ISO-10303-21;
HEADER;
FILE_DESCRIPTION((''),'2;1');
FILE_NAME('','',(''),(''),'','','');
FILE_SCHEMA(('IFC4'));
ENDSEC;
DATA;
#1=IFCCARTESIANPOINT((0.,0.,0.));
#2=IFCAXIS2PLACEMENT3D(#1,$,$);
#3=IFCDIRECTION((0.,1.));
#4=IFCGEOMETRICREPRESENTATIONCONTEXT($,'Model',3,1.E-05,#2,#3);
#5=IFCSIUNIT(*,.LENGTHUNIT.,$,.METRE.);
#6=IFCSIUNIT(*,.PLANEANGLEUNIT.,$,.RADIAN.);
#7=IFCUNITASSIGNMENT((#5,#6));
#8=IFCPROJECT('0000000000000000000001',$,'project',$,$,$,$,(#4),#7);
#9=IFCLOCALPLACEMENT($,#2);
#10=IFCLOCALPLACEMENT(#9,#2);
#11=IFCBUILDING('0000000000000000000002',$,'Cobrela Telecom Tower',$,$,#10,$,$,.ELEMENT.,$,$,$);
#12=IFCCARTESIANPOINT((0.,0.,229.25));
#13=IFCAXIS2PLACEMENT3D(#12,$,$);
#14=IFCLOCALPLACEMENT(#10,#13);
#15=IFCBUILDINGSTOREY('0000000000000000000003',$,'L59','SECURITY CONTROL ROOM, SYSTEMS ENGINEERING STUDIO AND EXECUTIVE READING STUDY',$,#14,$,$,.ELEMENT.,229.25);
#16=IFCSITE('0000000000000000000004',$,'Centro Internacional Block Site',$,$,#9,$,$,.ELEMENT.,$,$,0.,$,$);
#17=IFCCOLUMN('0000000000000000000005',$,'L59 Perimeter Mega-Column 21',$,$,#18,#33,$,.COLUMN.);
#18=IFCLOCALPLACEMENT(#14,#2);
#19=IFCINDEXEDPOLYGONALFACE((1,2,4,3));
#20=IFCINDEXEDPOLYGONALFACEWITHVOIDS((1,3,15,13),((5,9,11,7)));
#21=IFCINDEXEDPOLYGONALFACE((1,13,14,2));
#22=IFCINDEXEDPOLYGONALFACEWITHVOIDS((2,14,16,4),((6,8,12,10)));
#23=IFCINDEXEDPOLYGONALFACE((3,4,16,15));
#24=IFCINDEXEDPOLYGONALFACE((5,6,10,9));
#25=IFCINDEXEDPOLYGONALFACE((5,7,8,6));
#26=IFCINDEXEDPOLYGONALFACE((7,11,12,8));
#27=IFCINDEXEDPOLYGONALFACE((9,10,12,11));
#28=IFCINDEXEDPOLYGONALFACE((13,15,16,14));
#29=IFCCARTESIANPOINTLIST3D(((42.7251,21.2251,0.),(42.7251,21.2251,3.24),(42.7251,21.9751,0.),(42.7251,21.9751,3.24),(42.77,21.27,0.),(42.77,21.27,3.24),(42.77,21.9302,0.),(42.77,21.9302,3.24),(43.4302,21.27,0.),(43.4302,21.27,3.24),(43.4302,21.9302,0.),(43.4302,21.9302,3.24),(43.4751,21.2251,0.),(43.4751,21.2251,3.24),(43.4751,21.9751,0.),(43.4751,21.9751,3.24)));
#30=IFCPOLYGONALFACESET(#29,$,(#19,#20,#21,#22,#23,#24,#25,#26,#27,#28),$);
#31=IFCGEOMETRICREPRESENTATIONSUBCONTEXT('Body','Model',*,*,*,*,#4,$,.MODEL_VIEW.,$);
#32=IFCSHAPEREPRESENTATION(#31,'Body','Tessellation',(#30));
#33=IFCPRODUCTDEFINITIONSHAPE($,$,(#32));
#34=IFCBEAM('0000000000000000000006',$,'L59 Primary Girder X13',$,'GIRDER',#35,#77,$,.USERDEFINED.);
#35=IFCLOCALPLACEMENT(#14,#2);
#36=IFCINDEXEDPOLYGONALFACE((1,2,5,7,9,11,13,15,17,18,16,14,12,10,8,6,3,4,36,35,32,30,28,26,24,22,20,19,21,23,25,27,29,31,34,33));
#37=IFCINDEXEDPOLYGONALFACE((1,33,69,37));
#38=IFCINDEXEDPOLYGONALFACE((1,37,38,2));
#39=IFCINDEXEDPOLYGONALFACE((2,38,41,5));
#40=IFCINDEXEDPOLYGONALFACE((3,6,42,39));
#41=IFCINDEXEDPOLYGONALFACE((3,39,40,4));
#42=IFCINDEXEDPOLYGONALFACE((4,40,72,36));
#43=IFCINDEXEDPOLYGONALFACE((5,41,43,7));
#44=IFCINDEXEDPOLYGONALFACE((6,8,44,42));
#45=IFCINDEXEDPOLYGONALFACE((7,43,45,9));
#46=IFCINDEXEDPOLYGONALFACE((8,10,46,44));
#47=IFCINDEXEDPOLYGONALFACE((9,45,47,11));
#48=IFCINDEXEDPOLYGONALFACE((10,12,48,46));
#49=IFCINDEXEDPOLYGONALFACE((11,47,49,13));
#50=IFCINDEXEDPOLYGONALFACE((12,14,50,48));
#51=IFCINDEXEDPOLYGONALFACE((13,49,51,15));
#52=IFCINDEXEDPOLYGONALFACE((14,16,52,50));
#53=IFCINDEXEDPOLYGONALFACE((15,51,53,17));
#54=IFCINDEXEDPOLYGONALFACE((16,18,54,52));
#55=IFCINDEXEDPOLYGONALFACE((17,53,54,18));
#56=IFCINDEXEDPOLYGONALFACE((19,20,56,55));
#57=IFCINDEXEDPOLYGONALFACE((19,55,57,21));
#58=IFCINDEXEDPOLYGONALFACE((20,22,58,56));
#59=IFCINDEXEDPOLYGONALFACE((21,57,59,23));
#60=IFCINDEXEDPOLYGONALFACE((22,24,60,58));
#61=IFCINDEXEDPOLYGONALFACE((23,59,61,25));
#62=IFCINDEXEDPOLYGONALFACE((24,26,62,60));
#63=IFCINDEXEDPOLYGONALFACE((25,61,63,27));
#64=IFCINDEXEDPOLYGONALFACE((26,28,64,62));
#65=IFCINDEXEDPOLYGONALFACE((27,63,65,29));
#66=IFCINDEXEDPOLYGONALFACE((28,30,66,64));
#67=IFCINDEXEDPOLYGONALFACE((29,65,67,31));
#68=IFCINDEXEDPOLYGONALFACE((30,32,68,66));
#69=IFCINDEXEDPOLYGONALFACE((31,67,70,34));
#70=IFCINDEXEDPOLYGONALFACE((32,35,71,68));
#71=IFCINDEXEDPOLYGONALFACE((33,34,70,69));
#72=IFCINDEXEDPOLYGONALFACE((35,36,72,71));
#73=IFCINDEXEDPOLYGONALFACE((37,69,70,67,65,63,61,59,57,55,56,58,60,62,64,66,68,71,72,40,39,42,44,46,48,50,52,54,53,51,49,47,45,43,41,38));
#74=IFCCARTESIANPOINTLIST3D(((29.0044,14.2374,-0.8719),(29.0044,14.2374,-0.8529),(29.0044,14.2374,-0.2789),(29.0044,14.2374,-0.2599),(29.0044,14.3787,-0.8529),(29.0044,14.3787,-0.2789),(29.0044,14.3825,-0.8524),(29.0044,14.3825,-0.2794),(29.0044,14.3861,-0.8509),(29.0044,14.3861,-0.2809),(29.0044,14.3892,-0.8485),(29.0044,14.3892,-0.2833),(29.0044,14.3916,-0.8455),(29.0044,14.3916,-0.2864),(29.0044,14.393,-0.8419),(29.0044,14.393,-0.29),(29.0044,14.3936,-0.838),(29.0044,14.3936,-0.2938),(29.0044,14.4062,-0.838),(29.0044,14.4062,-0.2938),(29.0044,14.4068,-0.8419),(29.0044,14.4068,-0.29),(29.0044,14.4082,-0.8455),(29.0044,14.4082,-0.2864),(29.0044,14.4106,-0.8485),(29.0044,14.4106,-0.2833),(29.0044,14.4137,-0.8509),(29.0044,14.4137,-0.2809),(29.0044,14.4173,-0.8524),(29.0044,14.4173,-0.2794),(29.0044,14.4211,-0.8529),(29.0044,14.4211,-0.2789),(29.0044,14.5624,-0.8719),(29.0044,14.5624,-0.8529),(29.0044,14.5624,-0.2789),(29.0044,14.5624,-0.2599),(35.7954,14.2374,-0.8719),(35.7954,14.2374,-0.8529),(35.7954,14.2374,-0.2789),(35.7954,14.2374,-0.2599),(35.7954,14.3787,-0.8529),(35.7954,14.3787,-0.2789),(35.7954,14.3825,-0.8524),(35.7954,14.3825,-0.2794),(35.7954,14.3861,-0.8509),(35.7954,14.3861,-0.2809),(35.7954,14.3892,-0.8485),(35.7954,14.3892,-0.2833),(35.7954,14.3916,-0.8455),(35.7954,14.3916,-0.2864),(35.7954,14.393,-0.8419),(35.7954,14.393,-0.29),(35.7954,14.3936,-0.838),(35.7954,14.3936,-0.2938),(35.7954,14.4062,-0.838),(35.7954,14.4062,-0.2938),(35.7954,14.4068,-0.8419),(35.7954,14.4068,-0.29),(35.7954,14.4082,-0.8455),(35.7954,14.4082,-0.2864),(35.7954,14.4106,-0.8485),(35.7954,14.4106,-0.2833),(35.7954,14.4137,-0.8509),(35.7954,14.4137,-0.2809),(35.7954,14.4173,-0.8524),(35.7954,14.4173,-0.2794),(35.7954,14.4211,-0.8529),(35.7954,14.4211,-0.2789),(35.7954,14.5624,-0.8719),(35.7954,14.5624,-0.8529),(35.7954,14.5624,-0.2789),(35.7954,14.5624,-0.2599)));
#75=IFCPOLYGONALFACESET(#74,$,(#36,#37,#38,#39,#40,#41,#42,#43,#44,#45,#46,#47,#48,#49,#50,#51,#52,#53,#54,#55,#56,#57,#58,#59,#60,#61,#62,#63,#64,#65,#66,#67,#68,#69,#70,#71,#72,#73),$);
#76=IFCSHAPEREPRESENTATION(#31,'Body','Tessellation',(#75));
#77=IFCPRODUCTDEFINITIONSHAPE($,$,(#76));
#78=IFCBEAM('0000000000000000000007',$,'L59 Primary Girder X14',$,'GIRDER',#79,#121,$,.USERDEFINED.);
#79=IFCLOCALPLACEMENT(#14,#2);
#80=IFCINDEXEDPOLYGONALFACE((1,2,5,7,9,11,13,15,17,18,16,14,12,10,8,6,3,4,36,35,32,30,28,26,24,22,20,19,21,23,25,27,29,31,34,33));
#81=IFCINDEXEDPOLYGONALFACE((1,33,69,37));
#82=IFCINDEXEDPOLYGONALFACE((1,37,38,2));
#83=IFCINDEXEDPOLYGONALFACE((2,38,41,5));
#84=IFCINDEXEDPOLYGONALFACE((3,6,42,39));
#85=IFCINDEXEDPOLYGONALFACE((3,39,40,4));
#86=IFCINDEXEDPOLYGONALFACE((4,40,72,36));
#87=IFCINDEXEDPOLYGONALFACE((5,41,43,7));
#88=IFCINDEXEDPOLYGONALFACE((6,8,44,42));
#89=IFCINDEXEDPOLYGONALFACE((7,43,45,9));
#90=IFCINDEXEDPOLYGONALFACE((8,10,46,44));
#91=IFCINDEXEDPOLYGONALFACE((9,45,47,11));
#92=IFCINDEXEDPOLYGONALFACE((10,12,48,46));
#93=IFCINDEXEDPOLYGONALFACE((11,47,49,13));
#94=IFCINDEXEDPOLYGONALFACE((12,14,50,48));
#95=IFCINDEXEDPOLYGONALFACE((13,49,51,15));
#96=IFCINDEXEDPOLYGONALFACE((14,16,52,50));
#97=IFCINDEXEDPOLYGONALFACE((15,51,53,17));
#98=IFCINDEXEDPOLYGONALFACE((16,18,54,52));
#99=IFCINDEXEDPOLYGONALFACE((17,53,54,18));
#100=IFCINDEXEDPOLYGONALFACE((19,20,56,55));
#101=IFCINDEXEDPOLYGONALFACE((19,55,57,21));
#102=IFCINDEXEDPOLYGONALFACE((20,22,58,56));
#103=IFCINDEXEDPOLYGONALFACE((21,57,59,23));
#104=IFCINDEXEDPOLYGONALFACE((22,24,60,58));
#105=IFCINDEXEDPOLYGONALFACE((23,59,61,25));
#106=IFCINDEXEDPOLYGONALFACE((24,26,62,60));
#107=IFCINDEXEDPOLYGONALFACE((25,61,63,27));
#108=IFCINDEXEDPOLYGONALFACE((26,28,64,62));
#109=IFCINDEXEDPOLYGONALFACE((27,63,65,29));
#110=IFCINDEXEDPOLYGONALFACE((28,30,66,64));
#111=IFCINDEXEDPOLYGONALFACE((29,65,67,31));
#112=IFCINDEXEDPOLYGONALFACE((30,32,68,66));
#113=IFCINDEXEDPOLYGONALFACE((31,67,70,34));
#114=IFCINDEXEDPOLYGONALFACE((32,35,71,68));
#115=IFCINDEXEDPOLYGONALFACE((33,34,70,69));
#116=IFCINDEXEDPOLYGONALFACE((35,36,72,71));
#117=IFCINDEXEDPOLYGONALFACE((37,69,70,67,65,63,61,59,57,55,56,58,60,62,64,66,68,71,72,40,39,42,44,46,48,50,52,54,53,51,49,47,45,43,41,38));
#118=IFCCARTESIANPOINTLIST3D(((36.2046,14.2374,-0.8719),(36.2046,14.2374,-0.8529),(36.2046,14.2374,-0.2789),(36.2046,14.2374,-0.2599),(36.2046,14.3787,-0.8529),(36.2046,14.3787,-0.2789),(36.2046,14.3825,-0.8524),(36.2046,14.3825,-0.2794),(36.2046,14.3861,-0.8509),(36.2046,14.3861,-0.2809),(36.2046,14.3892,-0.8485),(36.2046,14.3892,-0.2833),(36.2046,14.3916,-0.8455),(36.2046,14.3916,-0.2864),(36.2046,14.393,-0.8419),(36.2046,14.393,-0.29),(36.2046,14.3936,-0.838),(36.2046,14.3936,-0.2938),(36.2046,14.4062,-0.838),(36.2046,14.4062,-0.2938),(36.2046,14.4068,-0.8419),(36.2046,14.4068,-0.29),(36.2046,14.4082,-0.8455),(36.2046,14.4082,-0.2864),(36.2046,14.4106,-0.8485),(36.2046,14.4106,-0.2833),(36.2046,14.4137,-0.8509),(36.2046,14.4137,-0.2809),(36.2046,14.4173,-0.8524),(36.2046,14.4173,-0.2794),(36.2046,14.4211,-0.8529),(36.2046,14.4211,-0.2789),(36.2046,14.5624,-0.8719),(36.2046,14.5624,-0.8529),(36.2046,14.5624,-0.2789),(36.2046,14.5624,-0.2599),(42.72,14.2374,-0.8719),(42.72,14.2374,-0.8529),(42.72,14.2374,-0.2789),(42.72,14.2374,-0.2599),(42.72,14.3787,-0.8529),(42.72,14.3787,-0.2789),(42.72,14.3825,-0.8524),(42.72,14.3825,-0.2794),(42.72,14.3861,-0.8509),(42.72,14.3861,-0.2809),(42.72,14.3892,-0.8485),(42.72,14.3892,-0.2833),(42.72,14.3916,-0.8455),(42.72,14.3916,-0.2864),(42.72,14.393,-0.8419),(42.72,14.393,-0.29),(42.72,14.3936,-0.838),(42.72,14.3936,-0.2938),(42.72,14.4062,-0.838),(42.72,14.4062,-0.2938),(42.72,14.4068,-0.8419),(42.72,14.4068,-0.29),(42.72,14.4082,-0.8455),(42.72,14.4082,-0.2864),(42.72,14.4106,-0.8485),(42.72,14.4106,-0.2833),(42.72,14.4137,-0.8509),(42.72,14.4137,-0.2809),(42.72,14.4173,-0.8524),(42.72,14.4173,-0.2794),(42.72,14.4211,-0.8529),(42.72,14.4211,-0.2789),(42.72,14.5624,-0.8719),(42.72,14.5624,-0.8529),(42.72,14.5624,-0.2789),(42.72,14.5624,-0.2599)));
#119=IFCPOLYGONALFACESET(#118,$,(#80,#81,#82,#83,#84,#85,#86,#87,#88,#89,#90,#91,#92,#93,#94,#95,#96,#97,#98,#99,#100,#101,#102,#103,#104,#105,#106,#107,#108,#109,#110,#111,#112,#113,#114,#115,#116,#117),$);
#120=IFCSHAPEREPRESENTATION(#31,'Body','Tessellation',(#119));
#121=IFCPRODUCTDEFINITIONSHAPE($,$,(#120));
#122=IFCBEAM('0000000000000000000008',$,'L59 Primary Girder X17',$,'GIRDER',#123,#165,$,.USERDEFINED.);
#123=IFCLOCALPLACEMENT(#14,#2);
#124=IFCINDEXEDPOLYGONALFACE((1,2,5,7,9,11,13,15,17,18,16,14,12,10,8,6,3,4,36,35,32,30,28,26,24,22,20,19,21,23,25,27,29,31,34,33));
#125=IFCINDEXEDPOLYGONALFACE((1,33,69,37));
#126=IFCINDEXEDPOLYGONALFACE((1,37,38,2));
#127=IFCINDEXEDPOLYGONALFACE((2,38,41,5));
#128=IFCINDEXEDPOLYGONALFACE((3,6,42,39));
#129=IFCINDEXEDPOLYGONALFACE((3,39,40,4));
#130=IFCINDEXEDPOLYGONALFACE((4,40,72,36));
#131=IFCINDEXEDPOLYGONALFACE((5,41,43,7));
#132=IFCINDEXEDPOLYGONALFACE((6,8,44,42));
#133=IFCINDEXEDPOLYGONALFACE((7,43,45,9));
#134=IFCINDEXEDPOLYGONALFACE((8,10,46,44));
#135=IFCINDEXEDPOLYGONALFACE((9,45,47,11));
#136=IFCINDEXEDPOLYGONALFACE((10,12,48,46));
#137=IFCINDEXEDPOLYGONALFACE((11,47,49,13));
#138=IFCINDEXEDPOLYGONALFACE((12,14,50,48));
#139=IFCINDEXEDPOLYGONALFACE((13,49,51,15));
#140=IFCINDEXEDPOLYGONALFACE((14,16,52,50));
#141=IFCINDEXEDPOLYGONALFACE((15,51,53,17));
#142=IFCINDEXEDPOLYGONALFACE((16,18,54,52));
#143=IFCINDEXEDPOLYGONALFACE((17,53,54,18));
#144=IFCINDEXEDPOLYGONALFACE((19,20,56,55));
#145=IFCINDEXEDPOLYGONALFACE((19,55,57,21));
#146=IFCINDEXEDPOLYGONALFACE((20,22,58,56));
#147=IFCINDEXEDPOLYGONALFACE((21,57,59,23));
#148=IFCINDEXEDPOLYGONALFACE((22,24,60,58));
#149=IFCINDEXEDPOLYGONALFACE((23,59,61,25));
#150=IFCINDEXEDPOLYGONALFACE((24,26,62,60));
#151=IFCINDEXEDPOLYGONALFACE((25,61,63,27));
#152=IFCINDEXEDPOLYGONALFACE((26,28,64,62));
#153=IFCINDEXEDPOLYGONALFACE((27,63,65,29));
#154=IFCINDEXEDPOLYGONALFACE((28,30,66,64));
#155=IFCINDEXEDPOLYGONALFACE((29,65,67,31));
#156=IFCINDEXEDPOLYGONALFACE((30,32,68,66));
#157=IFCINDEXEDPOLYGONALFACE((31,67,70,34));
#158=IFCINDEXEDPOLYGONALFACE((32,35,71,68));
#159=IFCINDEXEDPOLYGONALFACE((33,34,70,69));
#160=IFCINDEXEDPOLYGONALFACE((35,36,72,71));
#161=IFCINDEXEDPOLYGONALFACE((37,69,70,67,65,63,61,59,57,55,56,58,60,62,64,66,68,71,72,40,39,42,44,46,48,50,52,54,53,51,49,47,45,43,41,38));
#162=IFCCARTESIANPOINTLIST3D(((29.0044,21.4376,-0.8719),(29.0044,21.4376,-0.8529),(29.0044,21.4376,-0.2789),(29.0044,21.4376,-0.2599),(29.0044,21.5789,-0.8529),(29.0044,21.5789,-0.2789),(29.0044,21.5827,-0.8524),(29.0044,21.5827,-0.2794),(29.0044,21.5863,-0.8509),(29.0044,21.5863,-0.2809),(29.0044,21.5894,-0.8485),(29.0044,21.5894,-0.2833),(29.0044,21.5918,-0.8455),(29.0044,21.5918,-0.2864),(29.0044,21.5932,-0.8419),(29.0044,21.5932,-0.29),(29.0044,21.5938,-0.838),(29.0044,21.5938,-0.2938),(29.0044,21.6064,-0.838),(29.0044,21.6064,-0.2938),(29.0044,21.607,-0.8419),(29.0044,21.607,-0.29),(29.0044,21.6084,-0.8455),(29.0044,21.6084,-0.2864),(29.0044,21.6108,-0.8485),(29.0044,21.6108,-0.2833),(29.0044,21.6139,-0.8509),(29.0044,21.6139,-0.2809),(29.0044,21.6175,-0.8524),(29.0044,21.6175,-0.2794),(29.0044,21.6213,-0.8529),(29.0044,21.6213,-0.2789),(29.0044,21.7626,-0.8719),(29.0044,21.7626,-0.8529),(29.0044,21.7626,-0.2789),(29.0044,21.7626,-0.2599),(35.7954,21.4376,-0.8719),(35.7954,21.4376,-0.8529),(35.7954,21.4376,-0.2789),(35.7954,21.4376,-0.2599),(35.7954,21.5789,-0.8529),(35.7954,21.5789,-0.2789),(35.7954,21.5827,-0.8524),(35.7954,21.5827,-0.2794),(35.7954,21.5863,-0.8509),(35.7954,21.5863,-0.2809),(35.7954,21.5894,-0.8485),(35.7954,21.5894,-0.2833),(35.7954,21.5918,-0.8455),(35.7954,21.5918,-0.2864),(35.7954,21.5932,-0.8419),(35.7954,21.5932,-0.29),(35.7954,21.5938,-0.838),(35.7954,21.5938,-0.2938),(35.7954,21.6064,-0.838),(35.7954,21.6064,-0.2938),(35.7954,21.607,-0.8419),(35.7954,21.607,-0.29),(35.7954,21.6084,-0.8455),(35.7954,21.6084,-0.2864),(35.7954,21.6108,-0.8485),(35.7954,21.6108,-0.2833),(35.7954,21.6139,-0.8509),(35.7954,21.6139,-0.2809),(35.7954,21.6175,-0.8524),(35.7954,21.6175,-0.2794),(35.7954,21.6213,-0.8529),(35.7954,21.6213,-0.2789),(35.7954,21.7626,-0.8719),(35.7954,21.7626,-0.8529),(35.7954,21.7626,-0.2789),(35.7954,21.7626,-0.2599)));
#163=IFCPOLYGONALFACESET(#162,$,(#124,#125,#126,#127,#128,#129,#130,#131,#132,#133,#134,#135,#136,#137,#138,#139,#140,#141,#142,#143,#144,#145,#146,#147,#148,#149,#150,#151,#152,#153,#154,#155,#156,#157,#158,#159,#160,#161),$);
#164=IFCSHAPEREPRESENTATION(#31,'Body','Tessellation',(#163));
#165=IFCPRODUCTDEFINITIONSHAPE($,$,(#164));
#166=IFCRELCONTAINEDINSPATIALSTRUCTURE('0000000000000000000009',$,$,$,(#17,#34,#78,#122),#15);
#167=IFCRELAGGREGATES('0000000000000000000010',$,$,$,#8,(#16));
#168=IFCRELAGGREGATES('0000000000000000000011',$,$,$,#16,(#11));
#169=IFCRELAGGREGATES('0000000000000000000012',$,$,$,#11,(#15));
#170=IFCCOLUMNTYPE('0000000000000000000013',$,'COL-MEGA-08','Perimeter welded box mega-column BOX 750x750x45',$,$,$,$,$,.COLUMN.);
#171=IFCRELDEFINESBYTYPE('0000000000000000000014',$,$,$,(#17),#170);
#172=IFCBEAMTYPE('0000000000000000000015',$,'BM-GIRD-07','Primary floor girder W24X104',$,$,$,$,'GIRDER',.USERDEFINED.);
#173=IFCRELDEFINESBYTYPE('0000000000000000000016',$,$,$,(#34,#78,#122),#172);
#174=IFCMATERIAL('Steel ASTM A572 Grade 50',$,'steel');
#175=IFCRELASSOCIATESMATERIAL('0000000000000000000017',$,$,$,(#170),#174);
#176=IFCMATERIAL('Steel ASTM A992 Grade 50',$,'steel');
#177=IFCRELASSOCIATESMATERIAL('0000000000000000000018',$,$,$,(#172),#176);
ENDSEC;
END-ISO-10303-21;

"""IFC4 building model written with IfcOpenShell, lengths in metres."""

from ifc_helpers import new_model, si_unit, direction, frame, origin, origin_2d, place, context, subcontext, project, spatial, hollow_rectangle, i_section, extrude, material, material_profile, profile_set, type_object, element, save


model = new_model("IFC4")

# Units and contexts
model_context = context("Model", 3, precision=1e-05, world=origin(), true_north=direction((0.0, 1.0)))
body_context = subcontext(model_context, "Body", "Model", "MODEL_VIEW")
ifc_project = project(units=[si_unit("LENGTHUNIT", "METRE"), si_unit("PLANEANGLEUNIT", "RADIAN")], contexts=[model_context])

# Site, building, storey
site_placement = place(None, origin())
site = spatial("IfcSite", under=ifc_project, at=site_placement, Name="Centro Internacional Block Site", CompositionType="ELEMENT", RefElevation=0.0)
building_placement = place(site_placement, origin())
building = spatial("IfcBuilding", under=site, at=building_placement, Name="Cobrela Telecom Tower", CompositionType="ELEMENT")
storey_placement = place(building_placement, frame((0.0, 0.0, 229.25)))
storey = spatial("IfcBuildingStorey", under=building, at=storey_placement, Name="L59", Description="SECURITY CONTROL ROOM, SYSTEMS ENGINEERING STUDIO AND EXECUTIVE READING STUDY", CompositionType="ELEMENT", Elevation=229.25)

# Column
ifc_material_1 = material(Name="Steel ASTM A992 Grade 50", Category="steel")
ifc_material_2 = material(Name="Steel ASTM A572 Grade 50", Category="steel")
ifc_material_profile_1 = material_profile(ifc_material_2, hollow_rectangle(XDim=0.75, YDim=0.75, WallThickness=0.0449, at=origin_2d()), Name="BOX 750x750x45")
ifc_profile_set_1 = profile_set([ifc_material_profile_1], Name="Steel ASTM A572 Grade 50")
column_type_1 = type_object("IfcColumnType", Name="COL-MEGA-08", Description="Perimeter welded box mega-column BOX 750x750x45", PredefinedType="COLUMN", material=ifc_profile_set_1)
for number, where, z_axis, x_axis, name in (
    (1, (43.1001, 21.6001, 0.0), (0.0, 0.0, 1.0), (1.0, 0.0, 0.0), "L59 Perimeter Mega-Column 21"),
):
    element("IfcColumn", number, at=place(storey_placement, frame(where, z_axis=z_axis, x_axis=x_axis)), inside=storey, type_object=column_type_1, Name=name, PredefinedType="COLUMN", context=body_context, shape_type="SweptSolid", body=[
        extrude(hollow_rectangle(XDim=0.75, YDim=0.75, WallThickness=0.0449, at=origin_2d()), origin(), (0.0, 0.0, 1.0), 3.24),
    ])

# Beams
ifc_material_profile_2 = material_profile(ifc_material_1, i_section(OverallWidth=0.325, OverallDepth=0.6121, WebThickness=0.0127, FlangeThickness=0.019, FilletRadius=0.0149, at=origin_2d()), Name="W24X104")
ifc_profile_set_2 = profile_set([ifc_material_profile_2], Name="Steel ASTM A992 Grade 50")
beam_type_1 = type_object("IfcBeamType", Name="BM-GIRD-07", Description="Primary floor girder W24X104", ElementType="GIRDER", PredefinedType="USERDEFINED", material=ifc_profile_set_2)
beam_1_placement = place(storey_placement, frame((29.0044, 14.3999, -0.5659), z_axis=(1.0, 0.0, 0.0), x_axis=(0.0, 1.0, 0.0)))
element("IfcBeam", 2, at=beam_1_placement, inside=storey, type_object=beam_type_1, Name="L59 Primary Girder X13", ObjectType="GIRDER", PredefinedType="USERDEFINED", context=body_context, shape_type="SweptSolid", body=[
    extrude(i_section(OverallWidth=0.325, OverallDepth=0.6121, WebThickness=0.0127, FlangeThickness=0.019, FilletRadius=0.0149, at=origin_2d()), origin(), (0.0, 0.0, 1.0), 6.791),
])
beam_2_placement = place(storey_placement, frame((36.2046, 14.3999, -0.5659), z_axis=(1.0, 0.0, 0.0), x_axis=(0.0, 1.0, 0.0)))
element("IfcBeam", 3, at=beam_2_placement, inside=storey, type_object=beam_type_1, Name="L59 Primary Girder X14", ObjectType="GIRDER", PredefinedType="USERDEFINED", context=body_context, shape_type="SweptSolid", body=[
    extrude(i_section(OverallWidth=0.325, OverallDepth=0.6121, WebThickness=0.0127, FlangeThickness=0.019, FilletRadius=0.0149, at=origin_2d()), origin(), (0.0, 0.0, 1.0), 6.5154),
])
beam_3_placement = place(storey_placement, frame((29.0044, 21.6001, -0.5659), z_axis=(1.0, 0.0, 0.0), x_axis=(0.0, 1.0, 0.0)))
element("IfcBeam", 4, at=beam_3_placement, inside=storey, type_object=beam_type_1, Name="L59 Primary Girder X17", ObjectType="GIRDER", PredefinedType="USERDEFINED", context=body_context, shape_type="SweptSolid", body=[
    extrude(i_section(OverallWidth=0.325, OverallDepth=0.6121, WebThickness=0.0127, FlangeThickness=0.019, FilletRadius=0.0149, at=origin_2d()), origin(), (0.0, 0.0, 1.0), 6.791),
])

save(model, "model.ifc")
